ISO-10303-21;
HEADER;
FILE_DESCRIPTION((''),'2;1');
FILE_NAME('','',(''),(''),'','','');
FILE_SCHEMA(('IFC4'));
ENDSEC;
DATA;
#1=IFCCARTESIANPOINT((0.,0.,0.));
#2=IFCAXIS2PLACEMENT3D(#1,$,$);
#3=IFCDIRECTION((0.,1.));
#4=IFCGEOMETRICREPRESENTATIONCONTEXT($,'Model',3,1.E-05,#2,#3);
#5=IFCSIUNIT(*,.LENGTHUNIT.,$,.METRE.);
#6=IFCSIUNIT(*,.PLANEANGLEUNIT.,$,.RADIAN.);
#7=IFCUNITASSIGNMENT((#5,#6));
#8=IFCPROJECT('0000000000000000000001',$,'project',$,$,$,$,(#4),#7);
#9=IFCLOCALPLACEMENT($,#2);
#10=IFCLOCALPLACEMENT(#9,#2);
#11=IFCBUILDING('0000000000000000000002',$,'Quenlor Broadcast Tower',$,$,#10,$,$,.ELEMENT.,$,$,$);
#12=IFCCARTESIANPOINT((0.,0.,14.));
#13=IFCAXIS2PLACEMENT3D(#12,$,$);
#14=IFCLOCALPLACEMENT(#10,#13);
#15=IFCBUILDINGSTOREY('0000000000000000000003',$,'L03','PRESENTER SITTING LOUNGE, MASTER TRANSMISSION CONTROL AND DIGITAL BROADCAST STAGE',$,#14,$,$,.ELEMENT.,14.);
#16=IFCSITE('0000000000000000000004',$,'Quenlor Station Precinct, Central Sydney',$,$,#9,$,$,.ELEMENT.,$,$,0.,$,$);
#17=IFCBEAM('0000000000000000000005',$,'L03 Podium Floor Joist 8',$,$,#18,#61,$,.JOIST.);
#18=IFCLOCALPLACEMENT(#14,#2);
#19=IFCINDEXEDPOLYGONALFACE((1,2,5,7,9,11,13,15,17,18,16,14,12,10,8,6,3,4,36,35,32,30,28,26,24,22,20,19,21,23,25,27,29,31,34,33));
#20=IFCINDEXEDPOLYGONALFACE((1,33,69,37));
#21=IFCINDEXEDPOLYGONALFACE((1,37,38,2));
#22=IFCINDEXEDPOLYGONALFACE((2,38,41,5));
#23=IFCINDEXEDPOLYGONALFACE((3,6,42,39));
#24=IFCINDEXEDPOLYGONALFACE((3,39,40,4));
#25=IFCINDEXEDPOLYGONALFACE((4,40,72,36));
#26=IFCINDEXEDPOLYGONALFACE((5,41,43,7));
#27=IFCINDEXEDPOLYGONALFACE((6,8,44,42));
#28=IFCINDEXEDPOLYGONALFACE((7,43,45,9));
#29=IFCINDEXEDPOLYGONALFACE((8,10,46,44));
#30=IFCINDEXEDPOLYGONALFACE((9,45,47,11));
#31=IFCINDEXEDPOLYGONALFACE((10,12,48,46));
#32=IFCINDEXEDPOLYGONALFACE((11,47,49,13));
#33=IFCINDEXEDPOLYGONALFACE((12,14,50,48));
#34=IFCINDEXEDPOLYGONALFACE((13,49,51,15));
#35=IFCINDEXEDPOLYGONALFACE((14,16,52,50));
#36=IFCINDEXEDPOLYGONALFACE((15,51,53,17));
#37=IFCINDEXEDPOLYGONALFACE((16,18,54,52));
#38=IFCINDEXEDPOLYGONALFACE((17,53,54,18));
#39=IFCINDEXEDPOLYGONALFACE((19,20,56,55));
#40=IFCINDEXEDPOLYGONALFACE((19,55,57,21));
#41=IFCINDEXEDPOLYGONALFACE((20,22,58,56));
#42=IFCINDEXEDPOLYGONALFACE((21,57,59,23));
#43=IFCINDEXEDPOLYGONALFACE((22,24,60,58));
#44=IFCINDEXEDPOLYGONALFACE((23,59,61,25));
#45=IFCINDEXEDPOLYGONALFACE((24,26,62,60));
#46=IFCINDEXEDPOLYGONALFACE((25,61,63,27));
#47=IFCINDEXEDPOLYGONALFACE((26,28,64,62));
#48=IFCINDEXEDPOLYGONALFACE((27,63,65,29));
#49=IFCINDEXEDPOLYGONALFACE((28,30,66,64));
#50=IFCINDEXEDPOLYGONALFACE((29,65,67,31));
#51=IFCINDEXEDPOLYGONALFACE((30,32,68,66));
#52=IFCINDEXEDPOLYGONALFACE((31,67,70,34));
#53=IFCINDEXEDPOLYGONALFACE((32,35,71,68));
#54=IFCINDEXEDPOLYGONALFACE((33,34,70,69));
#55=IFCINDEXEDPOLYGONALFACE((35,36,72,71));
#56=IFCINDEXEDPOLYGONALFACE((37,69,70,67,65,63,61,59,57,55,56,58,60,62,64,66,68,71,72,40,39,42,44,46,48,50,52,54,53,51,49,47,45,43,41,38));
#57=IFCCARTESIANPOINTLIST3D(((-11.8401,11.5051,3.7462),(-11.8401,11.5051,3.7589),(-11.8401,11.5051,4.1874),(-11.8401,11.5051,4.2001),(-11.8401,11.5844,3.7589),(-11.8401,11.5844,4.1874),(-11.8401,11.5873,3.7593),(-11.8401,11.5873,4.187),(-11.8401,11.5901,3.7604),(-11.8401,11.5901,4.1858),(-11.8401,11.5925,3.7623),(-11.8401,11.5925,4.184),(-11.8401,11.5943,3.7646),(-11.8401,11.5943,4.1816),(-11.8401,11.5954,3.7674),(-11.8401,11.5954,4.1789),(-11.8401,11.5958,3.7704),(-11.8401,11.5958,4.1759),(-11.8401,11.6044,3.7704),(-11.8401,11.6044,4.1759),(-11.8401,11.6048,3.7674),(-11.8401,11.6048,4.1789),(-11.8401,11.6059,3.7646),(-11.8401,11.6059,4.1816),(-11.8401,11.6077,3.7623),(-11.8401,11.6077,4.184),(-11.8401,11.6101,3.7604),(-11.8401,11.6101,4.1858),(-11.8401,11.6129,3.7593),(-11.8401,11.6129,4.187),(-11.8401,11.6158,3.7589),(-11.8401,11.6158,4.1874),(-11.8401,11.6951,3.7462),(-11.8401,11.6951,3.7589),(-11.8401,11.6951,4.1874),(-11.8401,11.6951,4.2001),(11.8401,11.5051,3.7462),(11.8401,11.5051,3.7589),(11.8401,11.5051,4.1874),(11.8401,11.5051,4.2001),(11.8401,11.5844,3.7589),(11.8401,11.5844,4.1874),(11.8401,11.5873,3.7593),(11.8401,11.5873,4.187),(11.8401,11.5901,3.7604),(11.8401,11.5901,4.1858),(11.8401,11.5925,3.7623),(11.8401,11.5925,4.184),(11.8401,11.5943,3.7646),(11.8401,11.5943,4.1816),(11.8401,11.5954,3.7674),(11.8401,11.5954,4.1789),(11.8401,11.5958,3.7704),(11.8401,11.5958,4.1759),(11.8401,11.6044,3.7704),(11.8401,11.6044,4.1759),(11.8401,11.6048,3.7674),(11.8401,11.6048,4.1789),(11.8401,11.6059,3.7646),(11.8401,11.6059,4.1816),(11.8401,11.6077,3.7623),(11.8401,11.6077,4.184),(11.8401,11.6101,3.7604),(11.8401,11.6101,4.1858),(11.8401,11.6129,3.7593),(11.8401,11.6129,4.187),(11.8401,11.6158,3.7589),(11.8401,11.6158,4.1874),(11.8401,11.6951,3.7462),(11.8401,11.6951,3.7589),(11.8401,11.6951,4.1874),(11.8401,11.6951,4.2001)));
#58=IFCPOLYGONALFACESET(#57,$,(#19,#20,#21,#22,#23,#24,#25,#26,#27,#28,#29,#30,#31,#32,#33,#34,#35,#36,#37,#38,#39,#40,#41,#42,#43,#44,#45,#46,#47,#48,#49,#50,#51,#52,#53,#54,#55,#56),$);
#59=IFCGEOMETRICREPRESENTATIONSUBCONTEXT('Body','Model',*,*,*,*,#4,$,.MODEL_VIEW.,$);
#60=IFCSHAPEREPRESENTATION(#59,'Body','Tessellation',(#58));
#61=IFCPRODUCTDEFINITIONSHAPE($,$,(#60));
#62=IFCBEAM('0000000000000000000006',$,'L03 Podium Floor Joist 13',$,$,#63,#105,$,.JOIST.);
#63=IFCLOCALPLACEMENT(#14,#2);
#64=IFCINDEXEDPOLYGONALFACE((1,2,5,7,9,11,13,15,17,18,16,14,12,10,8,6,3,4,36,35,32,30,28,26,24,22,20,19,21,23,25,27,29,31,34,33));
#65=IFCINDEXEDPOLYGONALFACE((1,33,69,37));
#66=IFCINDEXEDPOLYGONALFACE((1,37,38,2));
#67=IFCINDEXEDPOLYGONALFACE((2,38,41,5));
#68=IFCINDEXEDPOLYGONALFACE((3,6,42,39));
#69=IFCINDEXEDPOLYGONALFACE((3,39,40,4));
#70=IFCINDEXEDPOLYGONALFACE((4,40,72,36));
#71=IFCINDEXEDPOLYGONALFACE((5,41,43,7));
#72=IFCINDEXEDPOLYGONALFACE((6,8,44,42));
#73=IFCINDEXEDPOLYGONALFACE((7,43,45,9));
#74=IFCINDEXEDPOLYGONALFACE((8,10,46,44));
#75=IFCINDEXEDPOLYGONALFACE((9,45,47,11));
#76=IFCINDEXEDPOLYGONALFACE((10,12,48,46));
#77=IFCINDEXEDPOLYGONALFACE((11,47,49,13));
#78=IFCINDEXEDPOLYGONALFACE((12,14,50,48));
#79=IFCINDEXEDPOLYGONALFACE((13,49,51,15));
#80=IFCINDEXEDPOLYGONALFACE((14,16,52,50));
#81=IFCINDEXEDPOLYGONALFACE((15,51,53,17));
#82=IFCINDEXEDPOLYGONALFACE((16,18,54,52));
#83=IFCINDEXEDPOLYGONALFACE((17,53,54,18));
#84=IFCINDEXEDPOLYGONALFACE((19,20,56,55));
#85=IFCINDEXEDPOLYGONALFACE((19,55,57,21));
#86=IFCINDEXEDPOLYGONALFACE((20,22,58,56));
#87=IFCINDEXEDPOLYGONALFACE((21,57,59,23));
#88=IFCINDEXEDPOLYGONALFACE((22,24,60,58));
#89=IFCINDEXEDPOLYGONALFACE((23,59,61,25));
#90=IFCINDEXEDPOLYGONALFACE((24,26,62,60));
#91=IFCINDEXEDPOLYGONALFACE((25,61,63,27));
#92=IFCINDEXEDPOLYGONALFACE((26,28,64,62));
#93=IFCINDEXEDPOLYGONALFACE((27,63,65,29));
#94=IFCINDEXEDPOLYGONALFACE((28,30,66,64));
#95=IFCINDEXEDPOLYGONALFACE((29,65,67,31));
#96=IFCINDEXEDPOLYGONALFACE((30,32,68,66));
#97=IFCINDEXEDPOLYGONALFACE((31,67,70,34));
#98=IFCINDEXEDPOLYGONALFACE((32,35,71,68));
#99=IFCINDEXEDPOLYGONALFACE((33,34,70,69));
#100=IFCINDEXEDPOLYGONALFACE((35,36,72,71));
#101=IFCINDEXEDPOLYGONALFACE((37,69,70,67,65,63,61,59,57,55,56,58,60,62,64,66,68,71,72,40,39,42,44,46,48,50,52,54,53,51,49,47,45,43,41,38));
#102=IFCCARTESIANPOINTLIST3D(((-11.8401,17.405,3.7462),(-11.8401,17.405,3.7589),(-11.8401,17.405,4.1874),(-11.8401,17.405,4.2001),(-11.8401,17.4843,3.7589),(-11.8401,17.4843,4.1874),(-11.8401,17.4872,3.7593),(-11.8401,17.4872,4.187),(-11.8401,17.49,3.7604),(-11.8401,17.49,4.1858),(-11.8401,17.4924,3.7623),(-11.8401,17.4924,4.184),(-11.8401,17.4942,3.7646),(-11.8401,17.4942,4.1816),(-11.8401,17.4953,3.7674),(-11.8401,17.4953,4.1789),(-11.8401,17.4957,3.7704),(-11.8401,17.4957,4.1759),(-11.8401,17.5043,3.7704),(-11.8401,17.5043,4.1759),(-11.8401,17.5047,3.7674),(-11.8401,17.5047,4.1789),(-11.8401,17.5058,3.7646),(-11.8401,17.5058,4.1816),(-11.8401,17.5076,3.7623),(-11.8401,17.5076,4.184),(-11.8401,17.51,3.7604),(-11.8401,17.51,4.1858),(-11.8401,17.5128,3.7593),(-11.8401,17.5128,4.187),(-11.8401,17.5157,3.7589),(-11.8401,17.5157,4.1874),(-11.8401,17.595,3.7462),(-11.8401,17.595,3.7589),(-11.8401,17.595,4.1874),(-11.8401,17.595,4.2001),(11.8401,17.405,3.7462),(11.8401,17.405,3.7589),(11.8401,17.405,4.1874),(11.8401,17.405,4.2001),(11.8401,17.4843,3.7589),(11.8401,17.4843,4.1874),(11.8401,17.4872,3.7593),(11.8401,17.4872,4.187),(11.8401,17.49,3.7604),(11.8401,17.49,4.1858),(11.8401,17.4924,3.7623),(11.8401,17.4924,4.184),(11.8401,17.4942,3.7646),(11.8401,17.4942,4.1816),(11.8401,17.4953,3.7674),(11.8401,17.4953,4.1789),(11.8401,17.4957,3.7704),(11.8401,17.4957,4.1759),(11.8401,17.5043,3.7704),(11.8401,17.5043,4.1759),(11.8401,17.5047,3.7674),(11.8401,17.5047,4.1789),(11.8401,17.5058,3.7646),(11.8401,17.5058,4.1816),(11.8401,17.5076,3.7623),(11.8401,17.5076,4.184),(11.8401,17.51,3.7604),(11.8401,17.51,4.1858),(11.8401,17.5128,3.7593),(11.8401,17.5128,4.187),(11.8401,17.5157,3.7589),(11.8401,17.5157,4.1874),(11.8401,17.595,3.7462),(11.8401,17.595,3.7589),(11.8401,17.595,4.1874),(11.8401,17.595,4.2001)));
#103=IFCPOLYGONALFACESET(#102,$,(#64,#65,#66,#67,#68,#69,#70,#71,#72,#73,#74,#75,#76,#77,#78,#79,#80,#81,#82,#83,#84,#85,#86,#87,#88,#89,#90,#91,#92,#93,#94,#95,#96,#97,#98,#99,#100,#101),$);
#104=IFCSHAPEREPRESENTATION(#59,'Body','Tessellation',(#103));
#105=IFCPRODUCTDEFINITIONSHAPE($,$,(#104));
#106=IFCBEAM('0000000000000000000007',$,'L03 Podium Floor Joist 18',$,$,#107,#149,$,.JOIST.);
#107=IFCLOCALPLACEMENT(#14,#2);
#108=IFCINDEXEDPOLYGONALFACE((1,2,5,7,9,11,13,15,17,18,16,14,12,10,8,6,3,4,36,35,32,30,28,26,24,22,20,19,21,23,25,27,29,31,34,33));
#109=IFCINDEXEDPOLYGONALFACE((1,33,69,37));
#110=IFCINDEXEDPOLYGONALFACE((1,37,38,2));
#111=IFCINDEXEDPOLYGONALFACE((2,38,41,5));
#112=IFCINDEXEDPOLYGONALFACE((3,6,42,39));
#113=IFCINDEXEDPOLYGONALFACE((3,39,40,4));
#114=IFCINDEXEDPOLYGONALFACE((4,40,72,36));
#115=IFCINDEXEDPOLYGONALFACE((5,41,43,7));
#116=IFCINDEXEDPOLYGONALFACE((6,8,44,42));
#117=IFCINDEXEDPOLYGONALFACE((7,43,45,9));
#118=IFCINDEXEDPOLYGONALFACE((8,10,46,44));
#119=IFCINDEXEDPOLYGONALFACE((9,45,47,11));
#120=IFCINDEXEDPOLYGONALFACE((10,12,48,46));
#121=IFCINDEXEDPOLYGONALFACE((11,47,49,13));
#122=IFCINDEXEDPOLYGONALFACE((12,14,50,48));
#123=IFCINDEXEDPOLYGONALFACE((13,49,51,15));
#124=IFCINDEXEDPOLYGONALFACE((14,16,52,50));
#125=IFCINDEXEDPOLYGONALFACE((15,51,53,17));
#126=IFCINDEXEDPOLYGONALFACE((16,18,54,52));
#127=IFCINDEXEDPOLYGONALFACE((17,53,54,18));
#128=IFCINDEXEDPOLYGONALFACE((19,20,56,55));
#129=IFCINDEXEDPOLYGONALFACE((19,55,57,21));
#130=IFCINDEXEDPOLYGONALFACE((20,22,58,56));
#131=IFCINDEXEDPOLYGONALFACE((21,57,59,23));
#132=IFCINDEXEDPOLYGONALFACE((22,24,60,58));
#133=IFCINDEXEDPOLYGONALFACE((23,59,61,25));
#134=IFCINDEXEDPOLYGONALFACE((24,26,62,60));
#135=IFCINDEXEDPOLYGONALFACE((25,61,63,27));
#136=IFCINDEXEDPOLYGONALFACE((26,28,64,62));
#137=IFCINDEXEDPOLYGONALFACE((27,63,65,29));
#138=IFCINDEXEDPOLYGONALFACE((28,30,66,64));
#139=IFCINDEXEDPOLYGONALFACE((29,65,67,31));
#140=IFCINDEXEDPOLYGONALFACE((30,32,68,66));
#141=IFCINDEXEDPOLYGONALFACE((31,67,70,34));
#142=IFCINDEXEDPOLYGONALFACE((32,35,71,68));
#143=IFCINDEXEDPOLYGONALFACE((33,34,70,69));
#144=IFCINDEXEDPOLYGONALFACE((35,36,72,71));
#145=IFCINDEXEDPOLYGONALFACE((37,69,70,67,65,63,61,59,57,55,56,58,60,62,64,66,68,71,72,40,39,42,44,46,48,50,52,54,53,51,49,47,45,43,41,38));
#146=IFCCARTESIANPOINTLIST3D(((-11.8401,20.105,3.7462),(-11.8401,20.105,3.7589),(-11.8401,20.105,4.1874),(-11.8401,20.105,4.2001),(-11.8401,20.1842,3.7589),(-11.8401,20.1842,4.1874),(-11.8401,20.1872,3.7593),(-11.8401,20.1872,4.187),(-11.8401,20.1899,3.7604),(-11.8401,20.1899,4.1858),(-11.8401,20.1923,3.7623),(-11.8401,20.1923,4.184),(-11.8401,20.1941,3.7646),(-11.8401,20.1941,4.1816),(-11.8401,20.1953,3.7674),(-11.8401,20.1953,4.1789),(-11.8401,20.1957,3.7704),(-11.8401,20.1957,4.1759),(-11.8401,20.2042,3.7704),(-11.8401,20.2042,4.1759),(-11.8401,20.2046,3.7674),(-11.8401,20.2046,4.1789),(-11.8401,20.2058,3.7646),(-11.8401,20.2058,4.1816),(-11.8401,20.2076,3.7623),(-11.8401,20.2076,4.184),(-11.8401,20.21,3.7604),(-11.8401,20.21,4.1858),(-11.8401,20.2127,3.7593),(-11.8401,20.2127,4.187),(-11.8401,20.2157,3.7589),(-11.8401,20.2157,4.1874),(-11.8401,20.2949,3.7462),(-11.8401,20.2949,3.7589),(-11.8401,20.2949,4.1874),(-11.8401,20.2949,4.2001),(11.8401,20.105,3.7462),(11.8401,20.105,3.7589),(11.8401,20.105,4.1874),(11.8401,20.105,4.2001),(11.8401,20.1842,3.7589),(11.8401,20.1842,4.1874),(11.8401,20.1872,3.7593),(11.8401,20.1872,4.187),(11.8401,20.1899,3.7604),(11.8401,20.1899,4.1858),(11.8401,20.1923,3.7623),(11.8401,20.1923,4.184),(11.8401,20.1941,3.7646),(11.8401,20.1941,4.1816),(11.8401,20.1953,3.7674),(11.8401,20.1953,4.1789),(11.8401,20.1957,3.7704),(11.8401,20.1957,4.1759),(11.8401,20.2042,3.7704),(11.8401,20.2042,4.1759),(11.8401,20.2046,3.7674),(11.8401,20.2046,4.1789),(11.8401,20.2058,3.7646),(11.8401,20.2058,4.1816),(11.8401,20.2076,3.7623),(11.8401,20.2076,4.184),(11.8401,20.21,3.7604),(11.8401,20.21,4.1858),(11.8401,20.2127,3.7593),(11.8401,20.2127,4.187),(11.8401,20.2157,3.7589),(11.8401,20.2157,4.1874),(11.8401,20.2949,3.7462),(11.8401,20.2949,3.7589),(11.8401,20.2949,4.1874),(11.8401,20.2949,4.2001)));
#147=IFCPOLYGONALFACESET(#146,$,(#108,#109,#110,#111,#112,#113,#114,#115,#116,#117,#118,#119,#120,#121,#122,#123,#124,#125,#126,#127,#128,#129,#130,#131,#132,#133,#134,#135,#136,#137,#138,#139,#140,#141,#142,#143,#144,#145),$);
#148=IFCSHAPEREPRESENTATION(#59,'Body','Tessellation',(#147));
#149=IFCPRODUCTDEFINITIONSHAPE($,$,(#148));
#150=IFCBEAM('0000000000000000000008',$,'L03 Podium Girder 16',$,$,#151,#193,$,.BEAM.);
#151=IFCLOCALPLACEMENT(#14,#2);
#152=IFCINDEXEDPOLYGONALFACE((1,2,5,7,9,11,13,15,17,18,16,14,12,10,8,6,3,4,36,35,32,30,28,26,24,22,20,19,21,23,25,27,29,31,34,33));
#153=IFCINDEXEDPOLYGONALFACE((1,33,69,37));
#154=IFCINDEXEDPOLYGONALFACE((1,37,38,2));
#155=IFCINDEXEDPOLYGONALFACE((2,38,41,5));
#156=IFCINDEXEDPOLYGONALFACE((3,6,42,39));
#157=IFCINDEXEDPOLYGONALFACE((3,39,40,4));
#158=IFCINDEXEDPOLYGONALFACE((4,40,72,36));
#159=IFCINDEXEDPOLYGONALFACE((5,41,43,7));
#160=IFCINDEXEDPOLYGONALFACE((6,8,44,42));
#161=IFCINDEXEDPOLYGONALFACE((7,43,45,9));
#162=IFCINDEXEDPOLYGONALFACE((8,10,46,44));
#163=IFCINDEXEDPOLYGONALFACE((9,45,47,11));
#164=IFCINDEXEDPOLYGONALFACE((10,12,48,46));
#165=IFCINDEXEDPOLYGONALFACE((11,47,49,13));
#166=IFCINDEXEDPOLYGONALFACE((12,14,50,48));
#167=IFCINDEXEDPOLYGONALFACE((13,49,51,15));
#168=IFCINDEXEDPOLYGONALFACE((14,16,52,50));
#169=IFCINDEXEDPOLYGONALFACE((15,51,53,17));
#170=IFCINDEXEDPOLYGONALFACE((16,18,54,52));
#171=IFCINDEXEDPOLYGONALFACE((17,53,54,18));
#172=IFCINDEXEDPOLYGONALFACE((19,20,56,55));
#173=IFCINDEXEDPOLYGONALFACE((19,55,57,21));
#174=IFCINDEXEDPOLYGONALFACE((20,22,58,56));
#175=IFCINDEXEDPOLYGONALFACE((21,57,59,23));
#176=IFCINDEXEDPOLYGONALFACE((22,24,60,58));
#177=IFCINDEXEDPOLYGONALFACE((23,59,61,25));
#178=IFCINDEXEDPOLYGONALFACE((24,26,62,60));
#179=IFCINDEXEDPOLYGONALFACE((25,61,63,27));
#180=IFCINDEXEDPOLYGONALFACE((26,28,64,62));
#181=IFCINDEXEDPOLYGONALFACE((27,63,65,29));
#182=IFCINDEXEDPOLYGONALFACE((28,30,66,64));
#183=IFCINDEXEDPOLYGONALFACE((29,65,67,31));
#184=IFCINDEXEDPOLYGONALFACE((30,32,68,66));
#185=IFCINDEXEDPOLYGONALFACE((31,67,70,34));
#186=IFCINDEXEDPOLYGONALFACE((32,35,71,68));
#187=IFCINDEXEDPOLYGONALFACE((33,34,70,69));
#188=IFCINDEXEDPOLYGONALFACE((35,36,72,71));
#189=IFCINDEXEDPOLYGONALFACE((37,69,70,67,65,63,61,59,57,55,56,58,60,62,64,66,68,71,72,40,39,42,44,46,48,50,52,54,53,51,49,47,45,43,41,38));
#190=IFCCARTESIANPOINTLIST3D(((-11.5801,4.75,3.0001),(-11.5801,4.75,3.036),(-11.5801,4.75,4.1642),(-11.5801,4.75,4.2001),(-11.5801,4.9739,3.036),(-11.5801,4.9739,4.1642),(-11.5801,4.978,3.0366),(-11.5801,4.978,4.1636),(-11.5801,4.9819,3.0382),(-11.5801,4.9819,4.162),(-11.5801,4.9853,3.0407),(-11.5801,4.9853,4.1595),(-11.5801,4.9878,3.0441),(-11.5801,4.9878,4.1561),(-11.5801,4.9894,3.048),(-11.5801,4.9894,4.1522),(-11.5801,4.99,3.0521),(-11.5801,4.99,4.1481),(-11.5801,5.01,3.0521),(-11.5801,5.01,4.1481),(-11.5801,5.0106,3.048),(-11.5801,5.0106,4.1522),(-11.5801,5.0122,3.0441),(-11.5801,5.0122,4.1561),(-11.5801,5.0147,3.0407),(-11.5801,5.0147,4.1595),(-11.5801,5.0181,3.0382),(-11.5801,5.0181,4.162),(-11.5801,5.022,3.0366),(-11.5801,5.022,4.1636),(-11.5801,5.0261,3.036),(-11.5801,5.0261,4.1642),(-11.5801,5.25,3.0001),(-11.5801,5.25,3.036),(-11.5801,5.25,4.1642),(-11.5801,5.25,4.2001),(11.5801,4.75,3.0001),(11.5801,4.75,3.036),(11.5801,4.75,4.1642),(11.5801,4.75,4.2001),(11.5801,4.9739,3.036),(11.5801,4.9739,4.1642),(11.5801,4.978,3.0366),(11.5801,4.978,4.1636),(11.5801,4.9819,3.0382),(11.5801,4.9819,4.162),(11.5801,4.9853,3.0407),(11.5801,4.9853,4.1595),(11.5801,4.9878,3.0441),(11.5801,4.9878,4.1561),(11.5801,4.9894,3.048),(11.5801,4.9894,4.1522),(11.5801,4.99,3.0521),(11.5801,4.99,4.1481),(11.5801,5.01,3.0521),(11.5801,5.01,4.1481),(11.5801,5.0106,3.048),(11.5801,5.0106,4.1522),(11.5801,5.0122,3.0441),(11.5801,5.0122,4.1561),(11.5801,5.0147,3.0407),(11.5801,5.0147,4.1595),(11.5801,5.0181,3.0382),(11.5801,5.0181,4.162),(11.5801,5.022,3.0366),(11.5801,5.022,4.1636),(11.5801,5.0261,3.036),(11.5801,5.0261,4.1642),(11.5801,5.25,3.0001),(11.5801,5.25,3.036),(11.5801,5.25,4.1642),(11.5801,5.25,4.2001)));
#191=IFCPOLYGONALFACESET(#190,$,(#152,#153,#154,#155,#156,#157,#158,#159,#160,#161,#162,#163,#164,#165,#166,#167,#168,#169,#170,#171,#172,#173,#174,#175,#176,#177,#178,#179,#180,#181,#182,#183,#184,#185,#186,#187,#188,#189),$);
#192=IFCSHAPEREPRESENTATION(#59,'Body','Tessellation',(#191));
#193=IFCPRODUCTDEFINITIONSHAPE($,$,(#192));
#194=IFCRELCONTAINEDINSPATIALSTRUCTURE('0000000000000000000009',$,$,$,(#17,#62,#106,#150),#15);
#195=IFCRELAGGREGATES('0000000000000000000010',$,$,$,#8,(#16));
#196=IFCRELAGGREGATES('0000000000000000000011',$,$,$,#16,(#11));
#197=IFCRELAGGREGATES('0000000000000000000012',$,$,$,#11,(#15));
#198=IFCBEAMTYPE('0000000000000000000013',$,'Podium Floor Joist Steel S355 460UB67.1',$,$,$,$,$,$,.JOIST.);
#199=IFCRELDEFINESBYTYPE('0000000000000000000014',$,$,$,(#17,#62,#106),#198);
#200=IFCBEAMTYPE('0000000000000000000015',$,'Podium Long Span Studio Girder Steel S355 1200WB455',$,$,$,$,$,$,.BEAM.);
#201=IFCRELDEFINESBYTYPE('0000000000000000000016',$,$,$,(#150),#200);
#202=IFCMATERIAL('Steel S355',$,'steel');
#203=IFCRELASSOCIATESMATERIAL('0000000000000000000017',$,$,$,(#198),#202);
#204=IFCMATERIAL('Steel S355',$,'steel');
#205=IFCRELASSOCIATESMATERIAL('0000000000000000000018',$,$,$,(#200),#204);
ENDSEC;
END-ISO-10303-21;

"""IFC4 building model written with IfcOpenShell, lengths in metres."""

from ifc_helpers import new_model, si_unit, direction, frame, origin, origin_2d, place, context, subcontext, project, spatial, i_section, extrude, material, material_profile, profile_set, type_object, element, save


model = new_model("IFC4")

# Units and contexts
model_context = context("Model", 3, precision=1e-05, world=origin(), true_north=direction((0.0, 1.0)))
body_context = subcontext(model_context, "Body", "Model", "MODEL_VIEW")
ifc_project = project(units=[si_unit("LENGTHUNIT", "METRE"), si_unit("PLANEANGLEUNIT", "RADIAN")], contexts=[model_context])

# Site, building, storey
site_placement = place(None, origin())
site = spatial("IfcSite", under=ifc_project, at=site_placement, Name="Quenlor Station Precinct, Central Sydney", CompositionType="ELEMENT", RefElevation=0.0)
building_placement = place(site_placement, origin())
building = spatial("IfcBuilding", under=site, at=building_placement, Name="Quenlor Broadcast Tower", CompositionType="ELEMENT")
storey_placement = place(building_placement, frame((0.0, 0.0, 14.0)))
storey = spatial("IfcBuildingStorey", under=building, at=storey_placement, Name="L03", Description="PRESENTER SITTING LOUNGE, MASTER TRANSMISSION CONTROL AND DIGITAL BROADCAST STAGE", CompositionType="ELEMENT", Elevation=14.0)

# Beams
ifc_material_1 = material(Name="Steel S355", Category="steel")
ifc_material_profile_1 = material_profile(ifc_material_1, i_section(OverallWidth=0.1899, OverallDepth=0.4539, WebThickness=0.0085, FlangeThickness=0.0127, FilletRadius=0.0115, at=origin_2d()))
ifc_profile_set_1 = profile_set([ifc_material_profile_1], Name="Steel S355 460UB67.1")
beam_type_1 = type_object("IfcBeamType", Name="Podium Floor Joist Steel S355 460UB67.1", PredefinedType="JOIST", material=ifc_profile_set_1)
for number, where, z_axis, x_axis, name in (
    (1, (-11.8401, 11.6001, 3.9731), (1.0, 0.0, 0.0), (0.0, 1.0, 0.0), "L03 Podium Floor Joist 8"),
    (2, (-11.8401, 17.5, 3.9731), (1.0, 0.0, 0.0), (0.0, 1.0, 0.0), "L03 Podium Floor Joist 13"),
    (3, (-11.8401, 20.2, 3.9731), (1.0, 0.0, 0.0), (0.0, 1.0, 0.0), "L03 Podium Floor Joist 18"),
):
    element("IfcBeam", number, at=place(storey_placement, frame(where, z_axis=z_axis, x_axis=x_axis)), inside=storey, type_object=beam_type_1, Name=name, PredefinedType="JOIST", context=body_context, shape_type="SweptSolid", body=[
        extrude(i_section(OverallWidth=0.1899, OverallDepth=0.4539, WebThickness=0.0085, FlangeThickness=0.0127, FilletRadius=0.0115, at=origin_2d()), origin(), (0.0, 0.0, 1.0), 23.6802),
    ])
ifc_material_2 = material(Name="Steel S355", Category="steel")
ifc_material_profile_2 = material_profile(ifc_material_2, i_section(OverallWidth=0.5, OverallDepth=1.2, WebThickness=0.02, FlangeThickness=0.0359, FilletRadius=0.0161, at=origin_2d()))
ifc_profile_set_2 = profile_set([ifc_material_profile_2], Name="Steel S355 1200WB455")
beam_type_2 = type_object("IfcBeamType", Name="Podium Long Span Studio Girder Steel S355 1200WB455", PredefinedType="BEAM", material=ifc_profile_set_2)
for number, where, z_axis, x_axis, name in (
    (4, (-11.5801, 5.0, 3.6001), (1.0, 0.0, 0.0), (0.0, 1.0, 0.0), "L03 Podium Girder 16"),
):
    element("IfcBeam", number, at=place(storey_placement, frame(where, z_axis=z_axis, x_axis=x_axis)), inside=storey, type_object=beam_type_2, Name=name, PredefinedType="BEAM", context=body_context, shape_type="SweptSolid", body=[
        extrude(i_section(OverallWidth=0.5, OverallDepth=1.2, WebThickness=0.02, FlangeThickness=0.0359, FilletRadius=0.0161, at=origin_2d()), origin(), (0.0, 0.0, 1.0), 23.1602),
    ])

save(model, "model.ifc")
